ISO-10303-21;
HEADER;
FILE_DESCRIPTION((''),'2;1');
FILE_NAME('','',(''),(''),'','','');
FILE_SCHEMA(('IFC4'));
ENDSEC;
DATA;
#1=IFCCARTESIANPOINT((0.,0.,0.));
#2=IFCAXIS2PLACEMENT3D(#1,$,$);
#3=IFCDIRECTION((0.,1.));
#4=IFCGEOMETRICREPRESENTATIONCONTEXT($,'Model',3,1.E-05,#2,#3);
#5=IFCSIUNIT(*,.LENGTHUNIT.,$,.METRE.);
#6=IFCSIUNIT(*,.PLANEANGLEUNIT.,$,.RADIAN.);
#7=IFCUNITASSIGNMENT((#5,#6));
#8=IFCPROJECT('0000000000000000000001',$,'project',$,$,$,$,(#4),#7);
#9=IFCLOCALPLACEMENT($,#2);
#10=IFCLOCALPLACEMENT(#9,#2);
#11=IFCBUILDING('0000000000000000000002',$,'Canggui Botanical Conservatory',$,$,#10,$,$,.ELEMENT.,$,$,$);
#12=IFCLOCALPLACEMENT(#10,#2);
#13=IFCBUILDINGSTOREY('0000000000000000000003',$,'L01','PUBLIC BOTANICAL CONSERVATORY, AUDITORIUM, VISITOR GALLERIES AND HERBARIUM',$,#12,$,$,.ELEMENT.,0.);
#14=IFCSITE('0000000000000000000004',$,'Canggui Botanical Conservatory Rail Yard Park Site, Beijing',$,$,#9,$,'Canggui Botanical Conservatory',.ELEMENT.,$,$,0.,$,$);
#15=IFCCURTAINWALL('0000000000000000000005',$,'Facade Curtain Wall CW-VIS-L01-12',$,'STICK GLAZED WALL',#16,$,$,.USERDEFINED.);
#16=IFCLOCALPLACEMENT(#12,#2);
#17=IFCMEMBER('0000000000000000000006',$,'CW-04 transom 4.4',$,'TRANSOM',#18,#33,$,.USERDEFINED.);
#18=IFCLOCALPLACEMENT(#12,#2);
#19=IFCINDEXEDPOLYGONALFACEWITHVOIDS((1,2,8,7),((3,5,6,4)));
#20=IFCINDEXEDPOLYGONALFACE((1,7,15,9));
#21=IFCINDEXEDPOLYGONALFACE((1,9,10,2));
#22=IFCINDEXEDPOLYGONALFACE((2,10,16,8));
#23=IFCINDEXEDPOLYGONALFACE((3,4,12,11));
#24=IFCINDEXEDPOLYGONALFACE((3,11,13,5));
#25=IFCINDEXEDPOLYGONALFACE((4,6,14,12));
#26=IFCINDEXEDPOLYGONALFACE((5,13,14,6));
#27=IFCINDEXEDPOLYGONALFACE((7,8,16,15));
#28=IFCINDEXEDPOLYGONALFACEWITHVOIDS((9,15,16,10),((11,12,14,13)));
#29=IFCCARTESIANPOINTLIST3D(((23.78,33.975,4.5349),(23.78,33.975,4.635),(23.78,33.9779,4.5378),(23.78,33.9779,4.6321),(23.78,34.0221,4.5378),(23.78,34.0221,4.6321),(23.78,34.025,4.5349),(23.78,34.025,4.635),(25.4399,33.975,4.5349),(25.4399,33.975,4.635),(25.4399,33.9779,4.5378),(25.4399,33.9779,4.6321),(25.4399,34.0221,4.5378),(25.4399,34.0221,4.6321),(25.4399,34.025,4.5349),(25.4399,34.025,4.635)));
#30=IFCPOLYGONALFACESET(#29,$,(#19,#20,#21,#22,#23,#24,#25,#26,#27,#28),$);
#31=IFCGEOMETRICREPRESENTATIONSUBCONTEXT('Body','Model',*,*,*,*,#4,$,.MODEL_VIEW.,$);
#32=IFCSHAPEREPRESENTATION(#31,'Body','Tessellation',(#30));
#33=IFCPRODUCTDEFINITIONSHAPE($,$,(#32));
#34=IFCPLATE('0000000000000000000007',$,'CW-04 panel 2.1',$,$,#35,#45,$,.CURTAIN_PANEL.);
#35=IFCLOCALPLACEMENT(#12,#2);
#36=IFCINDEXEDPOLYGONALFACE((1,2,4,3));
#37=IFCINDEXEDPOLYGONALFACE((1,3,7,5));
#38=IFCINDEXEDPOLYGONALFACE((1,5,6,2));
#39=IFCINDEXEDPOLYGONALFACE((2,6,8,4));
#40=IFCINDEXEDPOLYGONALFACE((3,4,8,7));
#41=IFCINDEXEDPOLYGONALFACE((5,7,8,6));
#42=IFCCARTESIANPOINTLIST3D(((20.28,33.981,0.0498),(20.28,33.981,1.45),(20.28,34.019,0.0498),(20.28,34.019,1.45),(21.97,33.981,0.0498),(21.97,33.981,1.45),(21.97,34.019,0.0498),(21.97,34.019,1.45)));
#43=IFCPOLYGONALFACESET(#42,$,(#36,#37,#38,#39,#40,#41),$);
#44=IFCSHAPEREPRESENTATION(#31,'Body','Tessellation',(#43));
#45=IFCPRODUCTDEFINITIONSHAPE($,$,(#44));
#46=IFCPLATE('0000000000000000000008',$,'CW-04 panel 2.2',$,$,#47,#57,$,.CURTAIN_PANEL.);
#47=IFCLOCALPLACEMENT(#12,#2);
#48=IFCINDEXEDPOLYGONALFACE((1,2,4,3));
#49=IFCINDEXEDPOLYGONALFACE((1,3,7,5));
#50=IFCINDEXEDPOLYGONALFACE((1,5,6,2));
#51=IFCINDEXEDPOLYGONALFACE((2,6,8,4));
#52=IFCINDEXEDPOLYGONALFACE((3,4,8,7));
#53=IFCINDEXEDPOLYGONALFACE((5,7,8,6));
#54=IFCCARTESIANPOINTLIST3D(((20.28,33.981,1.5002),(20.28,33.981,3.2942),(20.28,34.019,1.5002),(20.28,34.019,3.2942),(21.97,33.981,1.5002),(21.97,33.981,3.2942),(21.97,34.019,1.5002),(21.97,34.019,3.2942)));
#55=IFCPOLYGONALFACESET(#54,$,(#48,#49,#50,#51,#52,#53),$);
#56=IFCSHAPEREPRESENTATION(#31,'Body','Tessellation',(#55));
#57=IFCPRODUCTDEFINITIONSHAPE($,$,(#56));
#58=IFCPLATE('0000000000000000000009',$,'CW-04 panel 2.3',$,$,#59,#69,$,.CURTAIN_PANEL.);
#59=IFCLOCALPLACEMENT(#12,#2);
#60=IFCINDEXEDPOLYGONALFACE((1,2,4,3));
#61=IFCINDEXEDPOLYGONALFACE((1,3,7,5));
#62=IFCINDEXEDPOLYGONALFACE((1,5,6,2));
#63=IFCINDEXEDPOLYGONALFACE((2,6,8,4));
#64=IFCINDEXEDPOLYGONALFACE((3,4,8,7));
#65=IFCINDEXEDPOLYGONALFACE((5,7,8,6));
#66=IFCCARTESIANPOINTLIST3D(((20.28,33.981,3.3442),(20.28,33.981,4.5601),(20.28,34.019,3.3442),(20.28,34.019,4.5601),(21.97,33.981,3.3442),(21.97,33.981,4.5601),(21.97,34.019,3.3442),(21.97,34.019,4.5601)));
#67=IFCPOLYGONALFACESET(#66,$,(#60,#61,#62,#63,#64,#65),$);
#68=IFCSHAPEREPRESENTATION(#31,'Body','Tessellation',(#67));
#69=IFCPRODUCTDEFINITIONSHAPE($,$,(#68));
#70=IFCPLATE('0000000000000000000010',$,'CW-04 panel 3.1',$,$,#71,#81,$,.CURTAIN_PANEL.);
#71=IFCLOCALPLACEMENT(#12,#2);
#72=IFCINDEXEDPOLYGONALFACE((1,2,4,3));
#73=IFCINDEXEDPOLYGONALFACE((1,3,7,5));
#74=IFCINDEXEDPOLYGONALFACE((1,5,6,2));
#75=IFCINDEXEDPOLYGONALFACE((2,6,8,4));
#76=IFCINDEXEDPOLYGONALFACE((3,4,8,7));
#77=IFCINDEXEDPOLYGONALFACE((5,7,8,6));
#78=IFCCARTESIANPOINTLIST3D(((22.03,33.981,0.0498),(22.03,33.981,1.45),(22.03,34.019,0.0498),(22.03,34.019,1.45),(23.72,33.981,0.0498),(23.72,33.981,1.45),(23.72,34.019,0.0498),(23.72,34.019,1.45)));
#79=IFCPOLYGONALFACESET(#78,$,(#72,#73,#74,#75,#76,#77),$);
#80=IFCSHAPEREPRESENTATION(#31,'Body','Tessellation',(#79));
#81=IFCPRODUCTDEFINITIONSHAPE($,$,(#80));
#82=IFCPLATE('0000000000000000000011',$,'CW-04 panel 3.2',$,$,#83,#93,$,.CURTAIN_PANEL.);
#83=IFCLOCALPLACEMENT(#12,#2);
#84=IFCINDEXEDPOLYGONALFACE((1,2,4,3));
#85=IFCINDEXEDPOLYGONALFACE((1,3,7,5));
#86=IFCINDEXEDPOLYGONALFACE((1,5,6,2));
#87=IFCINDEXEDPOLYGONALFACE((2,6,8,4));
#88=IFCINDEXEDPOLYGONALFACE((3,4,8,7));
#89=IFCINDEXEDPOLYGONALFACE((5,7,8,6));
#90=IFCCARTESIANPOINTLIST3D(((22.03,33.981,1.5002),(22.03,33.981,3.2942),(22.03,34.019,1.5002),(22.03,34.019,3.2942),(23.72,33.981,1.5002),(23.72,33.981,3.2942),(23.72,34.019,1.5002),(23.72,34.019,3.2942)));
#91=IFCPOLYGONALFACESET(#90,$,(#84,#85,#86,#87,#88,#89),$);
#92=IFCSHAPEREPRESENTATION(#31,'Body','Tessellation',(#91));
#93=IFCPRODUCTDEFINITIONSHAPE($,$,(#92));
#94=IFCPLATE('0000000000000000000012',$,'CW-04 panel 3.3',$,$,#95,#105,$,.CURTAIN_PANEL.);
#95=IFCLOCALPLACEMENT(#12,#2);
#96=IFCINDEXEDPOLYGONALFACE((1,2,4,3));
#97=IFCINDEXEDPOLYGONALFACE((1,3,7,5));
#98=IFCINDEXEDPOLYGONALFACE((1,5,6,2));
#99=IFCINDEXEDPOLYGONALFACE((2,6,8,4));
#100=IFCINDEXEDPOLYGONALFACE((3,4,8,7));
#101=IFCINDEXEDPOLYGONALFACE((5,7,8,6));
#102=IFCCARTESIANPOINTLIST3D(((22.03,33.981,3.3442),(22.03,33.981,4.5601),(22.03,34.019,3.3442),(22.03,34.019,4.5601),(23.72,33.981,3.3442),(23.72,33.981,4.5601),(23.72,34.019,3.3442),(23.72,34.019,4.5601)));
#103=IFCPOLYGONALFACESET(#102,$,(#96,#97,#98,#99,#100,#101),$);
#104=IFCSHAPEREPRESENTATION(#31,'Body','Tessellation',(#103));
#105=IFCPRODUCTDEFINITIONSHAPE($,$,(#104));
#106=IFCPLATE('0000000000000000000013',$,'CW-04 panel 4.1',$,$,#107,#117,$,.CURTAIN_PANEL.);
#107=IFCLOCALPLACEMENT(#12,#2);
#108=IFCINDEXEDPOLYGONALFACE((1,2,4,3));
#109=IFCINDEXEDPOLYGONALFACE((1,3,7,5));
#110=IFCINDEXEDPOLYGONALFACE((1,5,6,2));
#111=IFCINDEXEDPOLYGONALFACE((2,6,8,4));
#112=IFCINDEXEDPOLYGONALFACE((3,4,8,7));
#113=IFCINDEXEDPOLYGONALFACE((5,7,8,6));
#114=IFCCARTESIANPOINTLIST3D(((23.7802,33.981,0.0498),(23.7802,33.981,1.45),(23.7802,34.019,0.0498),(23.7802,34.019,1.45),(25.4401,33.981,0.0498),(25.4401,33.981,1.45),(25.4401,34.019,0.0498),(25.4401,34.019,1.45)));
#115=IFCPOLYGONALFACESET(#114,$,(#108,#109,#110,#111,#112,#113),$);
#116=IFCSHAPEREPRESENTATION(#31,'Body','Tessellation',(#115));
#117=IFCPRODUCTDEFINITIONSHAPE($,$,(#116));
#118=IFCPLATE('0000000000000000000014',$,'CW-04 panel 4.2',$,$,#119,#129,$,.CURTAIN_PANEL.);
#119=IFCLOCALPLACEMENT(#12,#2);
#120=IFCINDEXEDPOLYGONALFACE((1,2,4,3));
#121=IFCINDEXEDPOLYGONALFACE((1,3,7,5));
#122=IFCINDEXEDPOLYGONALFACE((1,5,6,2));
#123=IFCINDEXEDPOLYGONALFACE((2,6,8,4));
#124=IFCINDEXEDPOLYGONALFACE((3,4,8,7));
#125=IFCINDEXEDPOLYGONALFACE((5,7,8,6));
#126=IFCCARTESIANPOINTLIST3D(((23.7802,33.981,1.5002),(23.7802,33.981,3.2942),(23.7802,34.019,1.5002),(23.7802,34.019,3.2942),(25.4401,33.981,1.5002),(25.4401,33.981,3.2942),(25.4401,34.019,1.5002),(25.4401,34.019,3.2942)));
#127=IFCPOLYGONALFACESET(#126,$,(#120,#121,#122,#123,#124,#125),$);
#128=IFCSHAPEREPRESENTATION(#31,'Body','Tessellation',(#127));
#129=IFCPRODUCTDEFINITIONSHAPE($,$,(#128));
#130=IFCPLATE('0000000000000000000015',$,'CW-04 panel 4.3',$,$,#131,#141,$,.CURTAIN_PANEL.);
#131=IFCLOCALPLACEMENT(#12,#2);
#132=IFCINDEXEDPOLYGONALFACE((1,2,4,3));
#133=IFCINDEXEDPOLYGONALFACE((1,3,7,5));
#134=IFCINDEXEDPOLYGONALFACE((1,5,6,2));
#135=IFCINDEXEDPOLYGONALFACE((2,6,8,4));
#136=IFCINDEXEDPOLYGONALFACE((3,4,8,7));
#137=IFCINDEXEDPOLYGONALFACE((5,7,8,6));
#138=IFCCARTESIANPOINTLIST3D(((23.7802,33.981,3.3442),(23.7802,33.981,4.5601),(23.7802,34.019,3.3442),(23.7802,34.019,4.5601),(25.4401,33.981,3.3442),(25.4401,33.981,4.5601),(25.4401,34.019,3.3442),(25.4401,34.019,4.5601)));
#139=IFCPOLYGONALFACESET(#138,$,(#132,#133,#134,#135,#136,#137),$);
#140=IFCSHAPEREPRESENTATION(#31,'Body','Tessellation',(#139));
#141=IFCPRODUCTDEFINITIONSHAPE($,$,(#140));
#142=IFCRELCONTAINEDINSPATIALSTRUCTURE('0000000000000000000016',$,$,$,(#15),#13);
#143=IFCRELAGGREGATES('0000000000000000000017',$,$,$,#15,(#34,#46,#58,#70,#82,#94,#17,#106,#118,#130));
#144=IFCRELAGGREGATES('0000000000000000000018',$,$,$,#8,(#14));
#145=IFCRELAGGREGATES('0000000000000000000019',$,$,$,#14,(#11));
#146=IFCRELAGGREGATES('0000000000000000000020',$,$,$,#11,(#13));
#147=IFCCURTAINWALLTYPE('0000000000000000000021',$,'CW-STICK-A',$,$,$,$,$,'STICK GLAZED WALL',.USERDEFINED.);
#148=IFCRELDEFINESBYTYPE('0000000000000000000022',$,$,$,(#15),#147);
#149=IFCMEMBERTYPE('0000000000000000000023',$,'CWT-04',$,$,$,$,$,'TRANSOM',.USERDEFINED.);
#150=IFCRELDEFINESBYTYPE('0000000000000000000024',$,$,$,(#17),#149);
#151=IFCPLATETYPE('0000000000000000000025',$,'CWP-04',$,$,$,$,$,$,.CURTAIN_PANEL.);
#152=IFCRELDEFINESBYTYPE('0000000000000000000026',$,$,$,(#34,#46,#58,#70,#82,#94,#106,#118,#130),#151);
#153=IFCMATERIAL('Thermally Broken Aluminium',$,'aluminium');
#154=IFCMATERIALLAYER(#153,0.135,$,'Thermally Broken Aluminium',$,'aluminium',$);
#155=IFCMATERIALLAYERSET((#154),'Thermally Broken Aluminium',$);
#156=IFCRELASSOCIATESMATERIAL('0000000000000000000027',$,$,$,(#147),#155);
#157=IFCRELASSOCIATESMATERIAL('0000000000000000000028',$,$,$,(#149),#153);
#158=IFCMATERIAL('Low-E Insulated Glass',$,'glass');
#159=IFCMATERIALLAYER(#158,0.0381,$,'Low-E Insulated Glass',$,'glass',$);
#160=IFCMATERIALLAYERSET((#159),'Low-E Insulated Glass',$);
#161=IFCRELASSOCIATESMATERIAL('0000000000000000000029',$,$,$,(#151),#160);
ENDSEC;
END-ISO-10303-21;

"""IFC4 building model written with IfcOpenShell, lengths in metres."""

from ifc_helpers import new_model, si_unit, direction, frame, origin, origin_2d, place, context, subcontext, project, spatial, rectangle, hollow_rectangle, extrude, material, layer, layer_set, material_profile, profile_set, type_object, element, aggregate, save


model = new_model("IFC4")

# Units and contexts
model_context = context("Model", 3, precision=1e-05, world=origin(), true_north=direction((0.0, 1.0)))
body_context = subcontext(model_context, "Body", "Model", "MODEL_VIEW")
ifc_project = project(units=[si_unit("LENGTHUNIT", "METRE"), si_unit("PLANEANGLEUNIT", "RADIAN")], contexts=[model_context])

# Site, building, storey
site_placement = place(None, origin())
site = spatial("IfcSite", under=ifc_project, at=site_placement, Name="Canggui Botanical Conservatory Rail Yard Park Site, Beijing", LongName="Canggui Botanical Conservatory", CompositionType="ELEMENT", RefElevation=0.0)
building_placement = place(site_placement, origin())
building = spatial("IfcBuilding", under=site, at=building_placement, Name="Canggui Botanical Conservatory", CompositionType="ELEMENT")
storey_placement = place(building_placement, origin())
storey = spatial("IfcBuildingStorey", under=building, at=storey_placement, Name="L01", Description="PUBLIC BOTANICAL CONSERVATORY, AUDITORIUM, VISITOR GALLERIES AND HERBARIUM", CompositionType="ELEMENT", Elevation=0.0)

# Curtain wall, member, plates
ifc_material_1 = material(Name="Thermally Broken Aluminium", Category="aluminium")
ifc_layer_1 = layer(ifc_material_1, 0.135, Name="Thermally Broken Aluminium", Category="aluminium")
ifc_layer_set_1 = layer_set([ifc_layer_1], Name="Thermally Broken Aluminium")
curtain_wall_type = type_object("IfcCurtainWallType", Name="CW-STICK-A", ElementType="STICK GLAZED WALL", PredefinedType="USERDEFINED", material=ifc_layer_set_1)
curtain_wall_placement = place(storey_placement, origin())
curtain_wall = element("IfcCurtainWall", 1, at=curtain_wall_placement, inside=storey, type_object=curtain_wall_type, Name="Facade Curtain Wall CW-VIS-L01-12", ObjectType="STICK GLAZED WALL", PredefinedType="USERDEFINED")
ifc_material_profile_1 = material_profile(ifc_material_1, hollow_rectangle(XDim=0.05, YDim=0.1001, WallThickness=0.0029, at=origin_2d()), Name="CWT 50x100x3")
ifc_profile_set_1 = profile_set([ifc_material_profile_1], Name="Thermally Broken Aluminium")
member_type_1 = type_object("IfcMemberType", Name="CWT-04", ElementType="TRANSOM", PredefinedType="USERDEFINED", material=ifc_profile_set_1)
member_1_placement = place(storey_placement, frame((23.78, 34.0, 4.585), z_axis=(1.0, 0.0, 0.0), x_axis=(0.0, 1.0, 0.0)))
member_1 = element("IfcMember", 2, at=member_1_placement, type_object=member_type_1, Name="CW-04 transom 4.4", ObjectType="TRANSOM", PredefinedType="USERDEFINED", context=body_context, shape_type="SweptSolid", body=[
    extrude(hollow_rectangle(XDim=0.05, YDim=0.1001, WallThickness=0.0029, at=origin_2d()), origin(), (0.0, 0.0, 1.0), 1.6599),
])
ifc_material_2 = material(Name="Low-E Insulated Glass", Category="glass")
ifc_layer_2 = layer(ifc_material_2, 0.0381, Name="Low-E Insulated Glass", Category="glass")
ifc_layer_set_2 = layer_set([ifc_layer_2], Name="Low-E Insulated Glass")
plate_type = type_object("IfcPlateType", Name="CWP-04", PredefinedType="CURTAIN_PANEL", material=ifc_layer_set_2)
plate_1_placement = place(storey_placement, frame((21.125, 34.0, 0.0498), z_axis=(0.0, 0.0, 1.0), x_axis=(1.0, 0.0, 0.0)))
plate_1 = element("IfcPlate", 3, at=plate_1_placement, type_object=plate_type, Name="CW-04 panel 2.1", PredefinedType="CURTAIN_PANEL", context=body_context, shape_type="SweptSolid", body=[
    extrude(rectangle(XDim=1.6899, YDim=0.0381, at=origin_2d()), origin(), (0.0, 0.0, 1.0), 1.4001),
])
plate_2_placement = place(storey_placement, frame((21.125, 34.0, 1.5002), z_axis=(0.0, 0.0, 1.0), x_axis=(1.0, 0.0, 0.0)))
plate_2 = element("IfcPlate", 4, at=plate_2_placement, type_object=plate_type, Name="CW-04 panel 2.2", PredefinedType="CURTAIN_PANEL", context=body_context, shape_type="SweptSolid", body=[
    extrude(rectangle(XDim=1.6899, YDim=0.0381, at=origin_2d()), origin(), (0.0, 0.0, 1.0), 1.7939),
])
plate_3_placement = place(storey_placement, frame((21.125, 34.0, 3.3442), z_axis=(0.0, 0.0, 1.0), x_axis=(1.0, 0.0, 0.0)))
plate_3 = element("IfcPlate", 5, at=plate_3_placement, type_object=plate_type, Name="CW-04 panel 2.3", PredefinedType="CURTAIN_PANEL", context=body_context, shape_type="SweptSolid", body=[
    extrude(rectangle(XDim=1.6899, YDim=0.0381, at=origin_2d()), origin(), (0.0, 0.0, 1.0), 1.2158),
])
plate_4_placement = place(storey_placement, frame((22.875, 34.0, 0.0498), z_axis=(0.0, 0.0, 1.0), x_axis=(1.0, 0.0, 0.0)))
plate_4 = element("IfcPlate", 6, at=plate_4_placement, type_object=plate_type, Name="CW-04 panel 3.1", PredefinedType="CURTAIN_PANEL", context=body_context, shape_type="SweptSolid", body=[
    extrude(rectangle(XDim=1.6899, YDim=0.0381, at=origin_2d()), origin(), (0.0, 0.0, 1.0), 1.4001),
])
plate_5_placement = place(storey_placement, frame((22.875, 34.0, 1.5002), z_axis=(0.0, 0.0, 1.0), x_axis=(1.0, 0.0, 0.0)))
plate_5 = element("IfcPlate", 7, at=plate_5_placement, type_object=plate_type, Name="CW-04 panel 3.2", PredefinedType="CURTAIN_PANEL", context=body_context, shape_type="SweptSolid", body=[
    extrude(rectangle(XDim=1.6899, YDim=0.0381, at=origin_2d()), origin(), (0.0, 0.0, 1.0), 1.7939),
])
plate_6_placement = place(storey_placement, frame((22.875, 34.0, 3.3442), z_axis=(0.0, 0.0, 1.0), x_axis=(1.0, 0.0, 0.0)))
plate_6 = element("IfcPlate", 8, at=plate_6_placement, type_object=plate_type, Name="CW-04 panel 3.3", PredefinedType="CURTAIN_PANEL", context=body_context, shape_type="SweptSolid", body=[
    extrude(rectangle(XDim=1.6899, YDim=0.0381, at=origin_2d()), origin(), (0.0, 0.0, 1.0), 1.2158),
])
plate_7_placement = place(storey_placement, frame((24.6101, 34.0, 0.0498), z_axis=(0.0, 0.0, 1.0), x_axis=(1.0, 0.0, 0.0)))
plate_7 = element("IfcPlate", 9, at=plate_7_placement, type_object=plate_type, Name="CW-04 panel 4.1", PredefinedType="CURTAIN_PANEL", context=body_context, shape_type="SweptSolid", body=[
    extrude(rectangle(XDim=1.6599, YDim=0.0381, at=origin_2d()), origin(), (0.0, 0.0, 1.0), 1.4001),
])
plate_8_placement = place(storey_placement, frame((24.6101, 34.0, 1.5002), z_axis=(0.0, 0.0, 1.0), x_axis=(1.0, 0.0, 0.0)))
plate_8 = element("IfcPlate", 10, at=plate_8_placement, type_object=plate_type, Name="CW-04 panel 4.2", PredefinedType="CURTAIN_PANEL", context=body_context, shape_type="SweptSolid", body=[
    extrude(rectangle(XDim=1.6599, YDim=0.0381, at=origin_2d()), origin(), (0.0, 0.0, 1.0), 1.7939),
])
plate_9_placement = place(storey_placement, frame((24.6101, 34.0, 3.3442), z_axis=(0.0, 0.0, 1.0), x_axis=(1.0, 0.0, 0.0)))
plate_9 = element("IfcPlate", 11, at=plate_9_placement, type_object=plate_type, Name="CW-04 panel 4.3", PredefinedType="CURTAIN_PANEL", context=body_context, shape_type="SweptSolid", body=[
    extrude(rectangle(XDim=1.6599, YDim=0.0381, at=origin_2d()), origin(), (0.0, 0.0, 1.0), 1.2158),
])
aggregate(curtain_wall, [plate_1, plate_2, plate_3, plate_4, plate_5, plate_6, member_1, plate_7, plate_8, plate_9])

save(model, "model.ifc")
